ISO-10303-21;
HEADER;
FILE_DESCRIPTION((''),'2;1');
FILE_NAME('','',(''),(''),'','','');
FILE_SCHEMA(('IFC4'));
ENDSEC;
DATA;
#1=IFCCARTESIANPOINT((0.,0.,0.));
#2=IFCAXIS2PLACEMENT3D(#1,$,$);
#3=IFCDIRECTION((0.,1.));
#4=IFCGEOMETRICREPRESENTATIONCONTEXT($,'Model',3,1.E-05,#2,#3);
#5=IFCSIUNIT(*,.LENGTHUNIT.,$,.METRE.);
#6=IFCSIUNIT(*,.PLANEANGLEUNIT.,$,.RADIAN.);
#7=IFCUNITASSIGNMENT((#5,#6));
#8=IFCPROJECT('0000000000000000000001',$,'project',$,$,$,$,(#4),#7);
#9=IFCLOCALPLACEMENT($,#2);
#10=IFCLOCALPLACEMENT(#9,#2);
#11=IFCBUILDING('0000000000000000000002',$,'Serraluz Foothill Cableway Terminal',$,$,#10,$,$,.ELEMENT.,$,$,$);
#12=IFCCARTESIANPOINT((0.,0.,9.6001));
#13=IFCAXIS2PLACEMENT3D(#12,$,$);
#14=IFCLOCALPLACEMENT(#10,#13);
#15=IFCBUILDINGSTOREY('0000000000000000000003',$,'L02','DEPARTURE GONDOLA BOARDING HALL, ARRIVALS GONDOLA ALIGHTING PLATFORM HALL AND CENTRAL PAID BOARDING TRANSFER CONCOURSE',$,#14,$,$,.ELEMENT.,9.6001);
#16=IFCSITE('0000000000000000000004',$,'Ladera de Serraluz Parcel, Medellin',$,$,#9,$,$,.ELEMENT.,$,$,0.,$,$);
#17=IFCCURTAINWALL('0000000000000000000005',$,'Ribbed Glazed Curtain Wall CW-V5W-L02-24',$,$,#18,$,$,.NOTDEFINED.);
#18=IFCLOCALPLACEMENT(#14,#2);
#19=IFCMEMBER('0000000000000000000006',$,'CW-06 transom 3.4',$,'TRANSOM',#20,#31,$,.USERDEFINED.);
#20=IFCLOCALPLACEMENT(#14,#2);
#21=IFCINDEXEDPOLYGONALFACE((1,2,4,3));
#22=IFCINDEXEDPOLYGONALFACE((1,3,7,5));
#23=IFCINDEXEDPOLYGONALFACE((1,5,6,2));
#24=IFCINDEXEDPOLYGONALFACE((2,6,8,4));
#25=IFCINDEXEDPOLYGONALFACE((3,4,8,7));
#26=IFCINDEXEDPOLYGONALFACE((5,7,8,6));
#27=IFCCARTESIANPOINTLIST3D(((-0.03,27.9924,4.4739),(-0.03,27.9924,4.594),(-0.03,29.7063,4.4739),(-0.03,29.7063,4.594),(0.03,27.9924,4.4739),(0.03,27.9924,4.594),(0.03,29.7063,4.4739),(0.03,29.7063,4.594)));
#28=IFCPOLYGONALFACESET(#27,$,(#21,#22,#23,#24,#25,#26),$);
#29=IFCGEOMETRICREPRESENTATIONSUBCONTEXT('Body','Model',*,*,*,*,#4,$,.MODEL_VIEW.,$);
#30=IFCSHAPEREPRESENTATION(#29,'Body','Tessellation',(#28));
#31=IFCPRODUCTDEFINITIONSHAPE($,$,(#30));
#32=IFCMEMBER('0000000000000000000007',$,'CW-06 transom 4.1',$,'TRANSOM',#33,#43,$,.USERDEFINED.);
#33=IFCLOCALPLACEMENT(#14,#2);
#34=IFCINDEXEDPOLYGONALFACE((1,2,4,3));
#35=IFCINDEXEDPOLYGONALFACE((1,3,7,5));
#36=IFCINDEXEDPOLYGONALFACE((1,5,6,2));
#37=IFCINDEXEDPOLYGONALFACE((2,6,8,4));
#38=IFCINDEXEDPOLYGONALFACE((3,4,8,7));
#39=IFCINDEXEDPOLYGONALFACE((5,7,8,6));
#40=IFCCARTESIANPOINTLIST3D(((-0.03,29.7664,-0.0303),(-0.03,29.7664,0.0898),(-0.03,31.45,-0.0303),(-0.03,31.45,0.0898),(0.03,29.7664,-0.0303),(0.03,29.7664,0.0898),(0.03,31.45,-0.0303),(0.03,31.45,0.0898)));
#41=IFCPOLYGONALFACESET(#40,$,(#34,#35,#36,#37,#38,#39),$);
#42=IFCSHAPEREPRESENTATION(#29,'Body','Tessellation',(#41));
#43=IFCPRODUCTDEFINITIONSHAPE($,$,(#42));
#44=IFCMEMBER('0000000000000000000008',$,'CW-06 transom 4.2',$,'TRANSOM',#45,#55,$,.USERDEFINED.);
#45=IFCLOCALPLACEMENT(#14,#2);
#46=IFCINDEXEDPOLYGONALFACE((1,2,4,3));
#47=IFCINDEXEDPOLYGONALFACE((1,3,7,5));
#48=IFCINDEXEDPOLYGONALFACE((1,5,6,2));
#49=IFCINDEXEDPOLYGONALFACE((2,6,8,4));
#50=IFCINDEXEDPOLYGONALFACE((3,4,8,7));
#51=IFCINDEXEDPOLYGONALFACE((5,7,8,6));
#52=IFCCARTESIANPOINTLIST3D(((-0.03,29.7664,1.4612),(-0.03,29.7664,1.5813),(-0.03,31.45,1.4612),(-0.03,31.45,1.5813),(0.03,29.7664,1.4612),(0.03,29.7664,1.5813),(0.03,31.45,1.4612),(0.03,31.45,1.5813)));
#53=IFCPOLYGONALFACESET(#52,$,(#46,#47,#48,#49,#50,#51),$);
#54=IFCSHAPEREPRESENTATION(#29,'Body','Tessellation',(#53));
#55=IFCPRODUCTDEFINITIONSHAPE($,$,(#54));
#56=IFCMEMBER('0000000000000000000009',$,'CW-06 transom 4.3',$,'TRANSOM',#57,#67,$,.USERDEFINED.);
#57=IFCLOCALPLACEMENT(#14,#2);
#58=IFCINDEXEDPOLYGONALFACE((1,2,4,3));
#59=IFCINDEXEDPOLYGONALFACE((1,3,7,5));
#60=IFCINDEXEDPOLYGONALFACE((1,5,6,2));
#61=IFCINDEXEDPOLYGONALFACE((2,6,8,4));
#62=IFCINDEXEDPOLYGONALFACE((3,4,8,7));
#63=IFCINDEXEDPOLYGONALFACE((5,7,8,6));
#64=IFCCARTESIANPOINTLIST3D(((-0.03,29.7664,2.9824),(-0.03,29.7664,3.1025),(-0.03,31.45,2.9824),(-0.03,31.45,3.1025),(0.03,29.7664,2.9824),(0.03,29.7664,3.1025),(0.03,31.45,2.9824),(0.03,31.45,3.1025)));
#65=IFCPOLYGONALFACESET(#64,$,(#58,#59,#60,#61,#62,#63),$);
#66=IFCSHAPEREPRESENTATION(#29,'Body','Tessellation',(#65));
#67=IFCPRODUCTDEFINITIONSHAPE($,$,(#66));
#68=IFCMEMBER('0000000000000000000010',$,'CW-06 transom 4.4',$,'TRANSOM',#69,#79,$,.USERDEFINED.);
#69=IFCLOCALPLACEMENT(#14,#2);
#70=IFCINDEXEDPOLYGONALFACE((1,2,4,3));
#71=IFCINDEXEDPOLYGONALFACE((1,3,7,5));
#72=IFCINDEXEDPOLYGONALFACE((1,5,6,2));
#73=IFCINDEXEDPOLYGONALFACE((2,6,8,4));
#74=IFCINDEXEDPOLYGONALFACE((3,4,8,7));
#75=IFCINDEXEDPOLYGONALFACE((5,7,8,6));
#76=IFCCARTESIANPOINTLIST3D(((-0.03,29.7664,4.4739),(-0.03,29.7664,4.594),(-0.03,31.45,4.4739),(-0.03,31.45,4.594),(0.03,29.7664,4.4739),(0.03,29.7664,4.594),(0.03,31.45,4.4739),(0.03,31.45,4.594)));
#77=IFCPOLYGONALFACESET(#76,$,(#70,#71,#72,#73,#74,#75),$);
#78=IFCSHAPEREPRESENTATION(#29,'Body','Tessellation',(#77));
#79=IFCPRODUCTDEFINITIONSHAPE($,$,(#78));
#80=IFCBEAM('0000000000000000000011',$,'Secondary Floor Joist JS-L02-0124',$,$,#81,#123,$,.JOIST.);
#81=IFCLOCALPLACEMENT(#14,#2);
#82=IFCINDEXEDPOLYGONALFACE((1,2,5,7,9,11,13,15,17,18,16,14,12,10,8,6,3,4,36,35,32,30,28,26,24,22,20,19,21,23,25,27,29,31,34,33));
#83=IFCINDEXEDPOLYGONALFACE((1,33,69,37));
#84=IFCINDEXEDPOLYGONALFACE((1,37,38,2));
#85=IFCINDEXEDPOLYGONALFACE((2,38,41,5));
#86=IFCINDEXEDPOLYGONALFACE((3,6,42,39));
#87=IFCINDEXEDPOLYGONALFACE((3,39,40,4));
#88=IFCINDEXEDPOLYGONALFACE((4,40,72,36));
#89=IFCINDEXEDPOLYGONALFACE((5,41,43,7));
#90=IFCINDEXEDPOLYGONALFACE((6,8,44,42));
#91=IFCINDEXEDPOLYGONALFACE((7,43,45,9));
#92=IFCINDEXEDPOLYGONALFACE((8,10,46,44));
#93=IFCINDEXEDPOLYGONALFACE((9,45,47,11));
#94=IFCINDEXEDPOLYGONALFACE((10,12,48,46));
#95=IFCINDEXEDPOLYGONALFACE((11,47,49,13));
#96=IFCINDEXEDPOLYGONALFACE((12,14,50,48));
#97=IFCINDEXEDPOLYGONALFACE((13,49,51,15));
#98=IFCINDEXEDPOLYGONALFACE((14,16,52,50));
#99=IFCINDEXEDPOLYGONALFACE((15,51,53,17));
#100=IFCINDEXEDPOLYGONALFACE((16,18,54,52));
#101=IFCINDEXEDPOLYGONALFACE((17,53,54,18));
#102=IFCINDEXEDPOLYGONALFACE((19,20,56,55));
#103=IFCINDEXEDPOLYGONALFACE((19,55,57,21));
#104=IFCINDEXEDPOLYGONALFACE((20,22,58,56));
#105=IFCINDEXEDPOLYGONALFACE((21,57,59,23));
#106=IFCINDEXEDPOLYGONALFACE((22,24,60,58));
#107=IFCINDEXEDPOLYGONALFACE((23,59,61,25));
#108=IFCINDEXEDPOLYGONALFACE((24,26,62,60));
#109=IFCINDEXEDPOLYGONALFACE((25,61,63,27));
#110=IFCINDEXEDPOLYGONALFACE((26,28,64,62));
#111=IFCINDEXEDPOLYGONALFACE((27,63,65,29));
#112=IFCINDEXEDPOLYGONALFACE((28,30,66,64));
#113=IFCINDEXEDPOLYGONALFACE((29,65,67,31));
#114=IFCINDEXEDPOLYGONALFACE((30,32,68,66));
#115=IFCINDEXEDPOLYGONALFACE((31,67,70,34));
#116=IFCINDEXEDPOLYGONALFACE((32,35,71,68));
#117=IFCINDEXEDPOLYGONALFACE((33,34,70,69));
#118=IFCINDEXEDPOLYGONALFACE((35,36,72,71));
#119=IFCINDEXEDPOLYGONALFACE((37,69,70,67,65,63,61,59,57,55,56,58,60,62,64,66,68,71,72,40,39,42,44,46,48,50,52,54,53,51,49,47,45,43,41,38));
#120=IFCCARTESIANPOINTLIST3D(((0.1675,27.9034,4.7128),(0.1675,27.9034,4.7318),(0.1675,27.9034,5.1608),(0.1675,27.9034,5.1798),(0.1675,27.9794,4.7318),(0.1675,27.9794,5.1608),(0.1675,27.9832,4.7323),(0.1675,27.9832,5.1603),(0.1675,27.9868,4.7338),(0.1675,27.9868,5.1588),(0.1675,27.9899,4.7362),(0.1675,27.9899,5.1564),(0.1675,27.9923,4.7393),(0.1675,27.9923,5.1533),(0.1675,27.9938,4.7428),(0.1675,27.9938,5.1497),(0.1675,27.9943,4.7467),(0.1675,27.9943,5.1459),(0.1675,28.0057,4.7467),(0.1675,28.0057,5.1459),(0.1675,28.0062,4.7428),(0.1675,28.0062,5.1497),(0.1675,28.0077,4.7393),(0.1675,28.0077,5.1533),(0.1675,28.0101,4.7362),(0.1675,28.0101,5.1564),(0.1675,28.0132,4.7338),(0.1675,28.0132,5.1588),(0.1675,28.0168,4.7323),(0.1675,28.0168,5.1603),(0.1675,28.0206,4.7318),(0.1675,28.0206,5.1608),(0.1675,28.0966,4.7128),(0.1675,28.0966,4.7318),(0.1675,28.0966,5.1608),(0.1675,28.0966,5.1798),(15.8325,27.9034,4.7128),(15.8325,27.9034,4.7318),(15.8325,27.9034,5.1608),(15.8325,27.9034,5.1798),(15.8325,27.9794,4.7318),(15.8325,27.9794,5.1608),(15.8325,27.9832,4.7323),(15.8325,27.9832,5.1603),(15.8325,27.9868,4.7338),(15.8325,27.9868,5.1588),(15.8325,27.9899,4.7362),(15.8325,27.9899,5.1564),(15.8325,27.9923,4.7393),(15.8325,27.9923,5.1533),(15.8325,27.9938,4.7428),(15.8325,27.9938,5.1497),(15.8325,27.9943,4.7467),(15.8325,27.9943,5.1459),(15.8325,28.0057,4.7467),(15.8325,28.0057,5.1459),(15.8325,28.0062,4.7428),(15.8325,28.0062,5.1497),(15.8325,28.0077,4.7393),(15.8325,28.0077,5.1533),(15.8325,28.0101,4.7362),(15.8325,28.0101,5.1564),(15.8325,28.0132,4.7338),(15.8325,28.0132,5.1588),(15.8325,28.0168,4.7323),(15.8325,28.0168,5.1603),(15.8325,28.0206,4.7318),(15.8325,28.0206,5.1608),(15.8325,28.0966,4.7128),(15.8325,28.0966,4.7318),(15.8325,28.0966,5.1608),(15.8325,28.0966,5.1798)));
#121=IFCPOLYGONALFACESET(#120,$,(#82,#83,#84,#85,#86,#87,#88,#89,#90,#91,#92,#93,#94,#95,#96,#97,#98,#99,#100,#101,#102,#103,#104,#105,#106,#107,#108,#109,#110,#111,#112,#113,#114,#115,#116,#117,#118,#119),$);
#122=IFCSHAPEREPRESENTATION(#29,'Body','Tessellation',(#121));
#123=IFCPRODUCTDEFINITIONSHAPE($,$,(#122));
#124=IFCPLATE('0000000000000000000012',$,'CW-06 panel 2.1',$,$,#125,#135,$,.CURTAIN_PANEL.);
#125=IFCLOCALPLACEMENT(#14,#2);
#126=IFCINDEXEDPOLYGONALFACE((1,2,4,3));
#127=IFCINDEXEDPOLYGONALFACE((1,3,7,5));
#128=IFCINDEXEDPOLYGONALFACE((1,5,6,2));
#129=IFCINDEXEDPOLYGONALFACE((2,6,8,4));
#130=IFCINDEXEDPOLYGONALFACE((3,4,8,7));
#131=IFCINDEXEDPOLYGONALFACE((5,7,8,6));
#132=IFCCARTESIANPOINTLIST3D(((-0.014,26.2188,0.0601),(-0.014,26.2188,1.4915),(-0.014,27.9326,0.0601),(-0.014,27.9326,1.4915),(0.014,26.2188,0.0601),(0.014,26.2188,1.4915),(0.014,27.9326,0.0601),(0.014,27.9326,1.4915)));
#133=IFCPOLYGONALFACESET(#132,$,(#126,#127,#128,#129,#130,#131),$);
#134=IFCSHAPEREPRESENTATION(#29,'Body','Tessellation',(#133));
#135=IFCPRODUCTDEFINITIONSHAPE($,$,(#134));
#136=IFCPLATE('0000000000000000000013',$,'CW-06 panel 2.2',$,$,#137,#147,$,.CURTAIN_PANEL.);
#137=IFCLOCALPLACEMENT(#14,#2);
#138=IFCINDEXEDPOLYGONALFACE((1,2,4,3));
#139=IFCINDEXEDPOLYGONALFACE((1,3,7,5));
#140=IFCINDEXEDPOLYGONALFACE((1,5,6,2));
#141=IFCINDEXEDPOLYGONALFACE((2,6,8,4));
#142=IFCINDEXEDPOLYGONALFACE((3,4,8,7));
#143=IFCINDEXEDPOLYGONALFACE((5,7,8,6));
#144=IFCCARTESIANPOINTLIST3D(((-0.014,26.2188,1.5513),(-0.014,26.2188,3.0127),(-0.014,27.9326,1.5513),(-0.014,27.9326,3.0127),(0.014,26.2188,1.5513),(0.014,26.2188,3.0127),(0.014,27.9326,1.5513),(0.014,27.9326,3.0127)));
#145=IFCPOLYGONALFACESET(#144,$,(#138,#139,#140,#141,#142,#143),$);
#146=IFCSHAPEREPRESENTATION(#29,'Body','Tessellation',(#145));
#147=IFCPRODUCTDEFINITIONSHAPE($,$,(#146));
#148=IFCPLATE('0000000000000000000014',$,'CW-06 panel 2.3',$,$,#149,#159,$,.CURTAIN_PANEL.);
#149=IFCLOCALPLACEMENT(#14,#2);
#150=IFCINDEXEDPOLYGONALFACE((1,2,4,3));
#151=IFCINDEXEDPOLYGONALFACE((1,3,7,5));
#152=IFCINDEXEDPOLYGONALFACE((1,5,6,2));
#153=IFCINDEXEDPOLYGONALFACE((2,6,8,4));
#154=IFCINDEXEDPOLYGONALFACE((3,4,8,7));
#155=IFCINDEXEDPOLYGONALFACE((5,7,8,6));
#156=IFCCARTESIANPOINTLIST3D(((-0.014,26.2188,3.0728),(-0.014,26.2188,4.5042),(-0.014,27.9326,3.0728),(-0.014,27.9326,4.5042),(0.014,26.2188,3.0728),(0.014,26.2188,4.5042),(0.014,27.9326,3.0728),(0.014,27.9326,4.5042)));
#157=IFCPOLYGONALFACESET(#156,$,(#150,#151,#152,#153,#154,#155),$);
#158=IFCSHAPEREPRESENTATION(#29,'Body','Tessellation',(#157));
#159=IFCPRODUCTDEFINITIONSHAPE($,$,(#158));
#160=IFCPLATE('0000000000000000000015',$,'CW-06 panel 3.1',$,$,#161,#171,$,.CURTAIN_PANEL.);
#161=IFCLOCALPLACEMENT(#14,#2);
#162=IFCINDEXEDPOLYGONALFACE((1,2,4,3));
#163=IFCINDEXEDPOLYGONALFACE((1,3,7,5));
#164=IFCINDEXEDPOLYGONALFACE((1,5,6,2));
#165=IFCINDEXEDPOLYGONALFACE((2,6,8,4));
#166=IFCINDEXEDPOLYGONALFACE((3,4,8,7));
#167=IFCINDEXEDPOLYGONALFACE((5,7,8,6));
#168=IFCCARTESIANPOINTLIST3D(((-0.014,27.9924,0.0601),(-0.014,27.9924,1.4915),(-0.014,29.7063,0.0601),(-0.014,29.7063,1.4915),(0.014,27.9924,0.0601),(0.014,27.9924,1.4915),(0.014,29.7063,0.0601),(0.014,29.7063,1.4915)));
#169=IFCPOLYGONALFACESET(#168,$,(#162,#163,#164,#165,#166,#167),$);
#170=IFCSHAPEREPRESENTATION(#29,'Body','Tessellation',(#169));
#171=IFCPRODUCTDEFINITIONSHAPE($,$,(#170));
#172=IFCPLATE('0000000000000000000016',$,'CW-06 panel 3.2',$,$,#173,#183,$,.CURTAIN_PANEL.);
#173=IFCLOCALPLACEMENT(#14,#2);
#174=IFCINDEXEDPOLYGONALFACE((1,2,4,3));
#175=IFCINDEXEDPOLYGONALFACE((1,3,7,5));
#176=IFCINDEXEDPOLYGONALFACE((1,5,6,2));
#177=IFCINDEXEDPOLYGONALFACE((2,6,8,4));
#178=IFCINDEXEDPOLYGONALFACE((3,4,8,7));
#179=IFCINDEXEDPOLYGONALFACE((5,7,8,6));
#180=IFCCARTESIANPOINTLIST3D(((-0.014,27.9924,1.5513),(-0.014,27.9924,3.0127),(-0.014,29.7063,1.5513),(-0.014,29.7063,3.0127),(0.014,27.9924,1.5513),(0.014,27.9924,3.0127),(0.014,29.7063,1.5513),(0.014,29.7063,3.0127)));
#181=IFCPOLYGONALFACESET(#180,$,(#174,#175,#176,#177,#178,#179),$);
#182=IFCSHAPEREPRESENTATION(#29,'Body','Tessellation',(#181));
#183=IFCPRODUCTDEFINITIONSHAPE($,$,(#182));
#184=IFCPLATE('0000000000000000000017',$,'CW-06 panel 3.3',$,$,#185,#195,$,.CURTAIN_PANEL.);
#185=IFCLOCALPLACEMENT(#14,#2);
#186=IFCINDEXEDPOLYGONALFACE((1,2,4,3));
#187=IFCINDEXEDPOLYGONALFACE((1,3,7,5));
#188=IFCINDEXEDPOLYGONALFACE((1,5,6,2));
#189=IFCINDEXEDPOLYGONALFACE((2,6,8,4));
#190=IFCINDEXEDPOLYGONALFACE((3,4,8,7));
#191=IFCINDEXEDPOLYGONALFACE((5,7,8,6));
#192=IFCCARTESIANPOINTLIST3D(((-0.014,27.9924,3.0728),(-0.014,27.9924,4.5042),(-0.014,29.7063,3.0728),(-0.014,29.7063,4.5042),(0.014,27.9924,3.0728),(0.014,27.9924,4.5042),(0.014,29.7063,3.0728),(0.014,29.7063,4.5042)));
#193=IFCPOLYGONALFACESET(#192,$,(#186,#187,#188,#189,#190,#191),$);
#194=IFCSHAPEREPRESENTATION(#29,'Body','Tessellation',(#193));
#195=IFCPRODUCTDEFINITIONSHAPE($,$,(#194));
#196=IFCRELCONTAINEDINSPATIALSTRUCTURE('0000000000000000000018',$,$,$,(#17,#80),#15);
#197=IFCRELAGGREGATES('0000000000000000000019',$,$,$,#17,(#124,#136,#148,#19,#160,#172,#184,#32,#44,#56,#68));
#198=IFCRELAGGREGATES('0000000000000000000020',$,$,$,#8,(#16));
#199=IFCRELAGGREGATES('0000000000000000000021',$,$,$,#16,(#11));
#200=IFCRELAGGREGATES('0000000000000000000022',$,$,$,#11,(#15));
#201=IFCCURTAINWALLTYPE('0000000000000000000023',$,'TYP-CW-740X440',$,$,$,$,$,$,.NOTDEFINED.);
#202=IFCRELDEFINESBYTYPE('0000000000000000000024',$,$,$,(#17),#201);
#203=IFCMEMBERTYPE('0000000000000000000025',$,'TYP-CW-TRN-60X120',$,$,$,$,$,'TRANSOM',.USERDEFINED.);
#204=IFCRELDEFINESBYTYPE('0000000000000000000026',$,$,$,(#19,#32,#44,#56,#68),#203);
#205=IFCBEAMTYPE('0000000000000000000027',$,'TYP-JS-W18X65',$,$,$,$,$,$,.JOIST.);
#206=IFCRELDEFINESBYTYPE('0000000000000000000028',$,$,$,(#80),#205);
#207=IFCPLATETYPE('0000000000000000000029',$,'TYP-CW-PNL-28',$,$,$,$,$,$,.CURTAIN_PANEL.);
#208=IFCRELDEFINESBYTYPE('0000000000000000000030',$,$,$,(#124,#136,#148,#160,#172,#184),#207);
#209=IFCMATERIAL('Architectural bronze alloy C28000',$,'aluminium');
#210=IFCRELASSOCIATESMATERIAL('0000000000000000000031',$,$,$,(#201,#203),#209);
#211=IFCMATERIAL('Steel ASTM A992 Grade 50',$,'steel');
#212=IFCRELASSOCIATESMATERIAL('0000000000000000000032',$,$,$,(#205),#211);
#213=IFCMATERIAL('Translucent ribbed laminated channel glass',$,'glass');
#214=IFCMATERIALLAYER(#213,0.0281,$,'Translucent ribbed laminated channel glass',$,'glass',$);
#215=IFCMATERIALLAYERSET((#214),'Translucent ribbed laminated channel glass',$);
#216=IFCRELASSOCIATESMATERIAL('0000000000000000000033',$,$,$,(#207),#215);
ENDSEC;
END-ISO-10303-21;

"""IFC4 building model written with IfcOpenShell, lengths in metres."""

from ifc_helpers import new_model, si_unit, direction, frame, origin, origin_2d, place, context, subcontext, project, spatial, rectangle, i_section, extrude, material, layer, layer_set, material_profile, profile_set, type_object, element, aggregate, save


model = new_model("IFC4")

# Units and contexts
model_context = context("Model", 3, precision=1e-05, world=origin(), true_north=direction((0.0, 1.0)))
body_context = subcontext(model_context, "Body", "Model", "MODEL_VIEW")
ifc_project = project(units=[si_unit("LENGTHUNIT", "METRE"), si_unit("PLANEANGLEUNIT", "RADIAN")], contexts=[model_context])

# Site, building, storey
site_placement = place(None, origin())
site = spatial("IfcSite", under=ifc_project, at=site_placement, Name="Ladera de Serraluz Parcel, Medellin", CompositionType="ELEMENT", RefElevation=0.0)
building_placement = place(site_placement, origin())
building = spatial("IfcBuilding", under=site, at=building_placement, Name="Serraluz Foothill Cableway Terminal", CompositionType="ELEMENT")
storey_placement = place(building_placement, frame((0.0, 0.0, 9.6001)))
storey = spatial("IfcBuildingStorey", under=building, at=storey_placement, Name="L02", Description="DEPARTURE GONDOLA BOARDING HALL, ARRIVALS GONDOLA ALIGHTING PLATFORM HALL AND CENTRAL PAID BOARDING TRANSFER CONCOURSE", CompositionType="ELEMENT", Elevation=9.6001)

# Shared definitions
ifc_material_1 = material(Name="Steel ASTM A992 Grade 50", Category="steel")

# Curtain wall, members
ifc_material_2 = material(Name="Architectural bronze alloy C28000", Category="aluminium")
curtain_wall_type = type_object("IfcCurtainWallType", Name="TYP-CW-740X440", PredefinedType="NOTDEFINED", material=ifc_material_2)
curtain_wall_placement = place(storey_placement, origin())
curtain_wall = element("IfcCurtainWall", 1, at=curtain_wall_placement, inside=storey, type_object=curtain_wall_type, Name="Ribbed Glazed Curtain Wall CW-V5W-L02-24", PredefinedType="NOTDEFINED")
ifc_material_profile_1 = material_profile(ifc_material_2, rectangle(XDim=0.0601, YDim=0.1201, at=origin_2d()), Name="ALU TRANSOM 60x120")
ifc_profile_set_1 = profile_set([ifc_material_profile_1], Name="Architectural bronze alloy C28000")
member_type_1 = type_object("IfcMemberType", Name="TYP-CW-TRN-60X120", ElementType="TRANSOM", PredefinedType="USERDEFINED", material=ifc_profile_set_1)
member_1_placement = place(storey_placement, frame((0.0, 27.9924, 4.5339), z_axis=(0.0, 1.0, 0.0), x_axis=(-1.0, 0.0, 0.0)))
member_1 = element("IfcMember", 2, at=member_1_placement, type_object=member_type_1, Name="CW-06 transom 3.4", ObjectType="TRANSOM", PredefinedType="USERDEFINED", context=body_context, shape_type="SweptSolid", body=[
    extrude(rectangle(XDim=0.0601, YDim=0.1201, at=origin_2d()), origin(), (0.0, 0.0, 1.0), 1.7139),
])
member_2_placement = place(storey_placement, frame((0.0, 29.7664, 0.0298), z_axis=(0.0, 1.0, 0.0), x_axis=(-1.0, 0.0, 0.0)))
member_2 = element("IfcMember", 3, at=member_2_placement, type_object=member_type_1, Name="CW-06 transom 4.1", ObjectType="TRANSOM", PredefinedType="USERDEFINED", context=body_context, shape_type="SweptSolid", body=[
    extrude(rectangle(XDim=0.0601, YDim=0.1201, at=origin_2d()), origin(), (0.0, 0.0, 1.0), 1.6836),
])
member_3_placement = place(storey_placement, frame((0.0, 29.7664, 1.5212), z_axis=(0.0, 1.0, 0.0), x_axis=(-1.0, 0.0, 0.0)))
member_3 = element("IfcMember", 4, at=member_3_placement, type_object=member_type_1, Name="CW-06 transom 4.2", ObjectType="TRANSOM", PredefinedType="USERDEFINED", context=body_context, shape_type="SweptSolid", body=[
    extrude(rectangle(XDim=0.0601, YDim=0.1201, at=origin_2d()), origin(), (0.0, 0.0, 1.0), 1.6836),
])
member_4_placement = place(storey_placement, frame((0.0, 29.7664, 3.0425), z_axis=(0.0, 1.0, 0.0), x_axis=(-1.0, 0.0, 0.0)))
member_4 = element("IfcMember", 5, at=member_4_placement, type_object=member_type_1, Name="CW-06 transom 4.3", ObjectType="TRANSOM", PredefinedType="USERDEFINED", context=body_context, shape_type="SweptSolid", body=[
    extrude(rectangle(XDim=0.0601, YDim=0.1201, at=origin_2d()), origin(), (0.0, 0.0, 1.0), 1.6836),
])
member_5_placement = place(storey_placement, frame((0.0, 29.7664, 4.5339), z_axis=(0.0, 1.0, 0.0), x_axis=(-1.0, 0.0, 0.0)))
member_5 = element("IfcMember", 6, at=member_5_placement, type_object=member_type_1, Name="CW-06 transom 4.4", ObjectType="TRANSOM", PredefinedType="USERDEFINED", context=body_context, shape_type="SweptSolid", body=[
    extrude(rectangle(XDim=0.0601, YDim=0.1201, at=origin_2d()), origin(), (0.0, 0.0, 1.0), 1.6836),
])

# Beam
ifc_material_profile_2 = material_profile(ifc_material_1, i_section(OverallWidth=0.1931, OverallDepth=0.467, WebThickness=0.0115, FlangeThickness=0.019, FilletRadius=0.0149, at=origin_2d()), Name="W18X65")
ifc_profile_set_2 = profile_set([ifc_material_profile_2], Name="Steel ASTM A992 Grade 50")
beam_type_1 = type_object("IfcBeamType", Name="TYP-JS-W18X65", PredefinedType="JOIST", material=ifc_profile_set_2)
beam_1_placement = place(storey_placement, frame((0.1675, 28.0, 4.9463), z_axis=(1.0, 0.0, 0.0), x_axis=(0.0, 1.0, 0.0)))
element("IfcBeam", 7, at=beam_1_placement, inside=storey, type_object=beam_type_1, Name="Secondary Floor Joist JS-L02-0124", PredefinedType="JOIST", context=body_context, shape_type="SweptSolid", body=[
    extrude(i_section(OverallWidth=0.1931, OverallDepth=0.467, WebThickness=0.0115, FlangeThickness=0.019, FilletRadius=0.0149, at=origin_2d()), origin(), (0.0, 0.0, 1.0), 15.665),
])

# Plates
ifc_material_3 = material(Name="Translucent ribbed laminated channel glass", Category="glass")
ifc_layer_1 = layer(ifc_material_3, 0.0281, Name="Translucent ribbed laminated channel glass", Category="glass")
ifc_layer_set_1 = layer_set([ifc_layer_1], Name="Translucent ribbed laminated channel glass")
plate_type = type_object("IfcPlateType", Name="TYP-CW-PNL-28", PredefinedType="CURTAIN_PANEL", material=ifc_layer_set_1)
plate_1_placement = place(storey_placement, frame((0.0, 27.0757, 0.0601), z_axis=(0.0, 0.0, 1.0), x_axis=(0.0, 1.0, 0.0)))
plate_1 = element("IfcPlate", 8, at=plate_1_placement, type_object=plate_type, Name="CW-06 panel 2.1", PredefinedType="CURTAIN_PANEL", context=body_context, shape_type="SweptSolid", body=[
    extrude(rectangle(XDim=1.7139, YDim=0.0281, at=origin_2d()), origin(), (0.0, 0.0, 1.0), 1.4314),
])
plate_2_placement = place(storey_placement, frame((0.0, 27.0757, 1.5513), z_axis=(0.0, 0.0, 1.0), x_axis=(0.0, 1.0, 0.0)))
plate_2 = element("IfcPlate", 9, at=plate_2_placement, type_object=plate_type, Name="CW-06 panel 2.2", PredefinedType="CURTAIN_PANEL", context=body_context, shape_type="SweptSolid", body=[
    extrude(rectangle(XDim=1.7139, YDim=0.0281, at=origin_2d()), origin(), (0.0, 0.0, 1.0), 1.4614),
])
plate_3_placement = place(storey_placement, frame((0.0, 27.0757, 3.0728), z_axis=(0.0, 0.0, 1.0), x_axis=(0.0, 1.0, 0.0)))
plate_3 = element("IfcPlate", 10, at=plate_3_placement, type_object=plate_type, Name="CW-06 panel 2.3", PredefinedType="CURTAIN_PANEL", context=body_context, shape_type="SweptSolid", body=[
    extrude(rectangle(XDim=1.7139, YDim=0.0281, at=origin_2d()), origin(), (0.0, 0.0, 1.0), 1.4314),
])
plate_4_placement = place(storey_placement, frame((0.0, 28.8494, 0.0601), z_axis=(0.0, 0.0, 1.0), x_axis=(0.0, 1.0, 0.0)))
plate_4 = element("IfcPlate", 11, at=plate_4_placement, type_object=plate_type, Name="CW-06 panel 3.1", PredefinedType="CURTAIN_PANEL", context=body_context, shape_type="SweptSolid", body=[
    extrude(rectangle(XDim=1.7139, YDim=0.0281, at=origin_2d()), origin(), (0.0, 0.0, 1.0), 1.4314),
])
plate_5_placement = place(storey_placement, frame((0.0, 28.8494, 1.5513), z_axis=(0.0, 0.0, 1.0), x_axis=(0.0, 1.0, 0.0)))
plate_5 = element("IfcPlate", 12, at=plate_5_placement, type_object=plate_type, Name="CW-06 panel 3.2", PredefinedType="CURTAIN_PANEL", context=body_context, shape_type="SweptSolid", body=[
    extrude(rectangle(XDim=1.7139, YDim=0.0281, at=origin_2d()), origin(), (0.0, 0.0, 1.0), 1.4614),
])
plate_6_placement = place(storey_placement, frame((0.0, 28.8494, 3.0728), z_axis=(0.0, 0.0, 1.0), x_axis=(0.0, 1.0, 0.0)))
plate_6 = element("IfcPlate", 13, at=plate_6_placement, type_object=plate_type, Name="CW-06 panel 3.3", PredefinedType="CURTAIN_PANEL", context=body_context, shape_type="SweptSolid", body=[
    extrude(rectangle(XDim=1.7139, YDim=0.0281, at=origin_2d()), origin(), (0.0, 0.0, 1.0), 1.4314),
])
aggregate(curtain_wall, [plate_1, plate_2, plate_3, member_1, plate_4, plate_5, plate_6, member_2, member_3, member_4, member_5])

save(model, "model.ifc")
